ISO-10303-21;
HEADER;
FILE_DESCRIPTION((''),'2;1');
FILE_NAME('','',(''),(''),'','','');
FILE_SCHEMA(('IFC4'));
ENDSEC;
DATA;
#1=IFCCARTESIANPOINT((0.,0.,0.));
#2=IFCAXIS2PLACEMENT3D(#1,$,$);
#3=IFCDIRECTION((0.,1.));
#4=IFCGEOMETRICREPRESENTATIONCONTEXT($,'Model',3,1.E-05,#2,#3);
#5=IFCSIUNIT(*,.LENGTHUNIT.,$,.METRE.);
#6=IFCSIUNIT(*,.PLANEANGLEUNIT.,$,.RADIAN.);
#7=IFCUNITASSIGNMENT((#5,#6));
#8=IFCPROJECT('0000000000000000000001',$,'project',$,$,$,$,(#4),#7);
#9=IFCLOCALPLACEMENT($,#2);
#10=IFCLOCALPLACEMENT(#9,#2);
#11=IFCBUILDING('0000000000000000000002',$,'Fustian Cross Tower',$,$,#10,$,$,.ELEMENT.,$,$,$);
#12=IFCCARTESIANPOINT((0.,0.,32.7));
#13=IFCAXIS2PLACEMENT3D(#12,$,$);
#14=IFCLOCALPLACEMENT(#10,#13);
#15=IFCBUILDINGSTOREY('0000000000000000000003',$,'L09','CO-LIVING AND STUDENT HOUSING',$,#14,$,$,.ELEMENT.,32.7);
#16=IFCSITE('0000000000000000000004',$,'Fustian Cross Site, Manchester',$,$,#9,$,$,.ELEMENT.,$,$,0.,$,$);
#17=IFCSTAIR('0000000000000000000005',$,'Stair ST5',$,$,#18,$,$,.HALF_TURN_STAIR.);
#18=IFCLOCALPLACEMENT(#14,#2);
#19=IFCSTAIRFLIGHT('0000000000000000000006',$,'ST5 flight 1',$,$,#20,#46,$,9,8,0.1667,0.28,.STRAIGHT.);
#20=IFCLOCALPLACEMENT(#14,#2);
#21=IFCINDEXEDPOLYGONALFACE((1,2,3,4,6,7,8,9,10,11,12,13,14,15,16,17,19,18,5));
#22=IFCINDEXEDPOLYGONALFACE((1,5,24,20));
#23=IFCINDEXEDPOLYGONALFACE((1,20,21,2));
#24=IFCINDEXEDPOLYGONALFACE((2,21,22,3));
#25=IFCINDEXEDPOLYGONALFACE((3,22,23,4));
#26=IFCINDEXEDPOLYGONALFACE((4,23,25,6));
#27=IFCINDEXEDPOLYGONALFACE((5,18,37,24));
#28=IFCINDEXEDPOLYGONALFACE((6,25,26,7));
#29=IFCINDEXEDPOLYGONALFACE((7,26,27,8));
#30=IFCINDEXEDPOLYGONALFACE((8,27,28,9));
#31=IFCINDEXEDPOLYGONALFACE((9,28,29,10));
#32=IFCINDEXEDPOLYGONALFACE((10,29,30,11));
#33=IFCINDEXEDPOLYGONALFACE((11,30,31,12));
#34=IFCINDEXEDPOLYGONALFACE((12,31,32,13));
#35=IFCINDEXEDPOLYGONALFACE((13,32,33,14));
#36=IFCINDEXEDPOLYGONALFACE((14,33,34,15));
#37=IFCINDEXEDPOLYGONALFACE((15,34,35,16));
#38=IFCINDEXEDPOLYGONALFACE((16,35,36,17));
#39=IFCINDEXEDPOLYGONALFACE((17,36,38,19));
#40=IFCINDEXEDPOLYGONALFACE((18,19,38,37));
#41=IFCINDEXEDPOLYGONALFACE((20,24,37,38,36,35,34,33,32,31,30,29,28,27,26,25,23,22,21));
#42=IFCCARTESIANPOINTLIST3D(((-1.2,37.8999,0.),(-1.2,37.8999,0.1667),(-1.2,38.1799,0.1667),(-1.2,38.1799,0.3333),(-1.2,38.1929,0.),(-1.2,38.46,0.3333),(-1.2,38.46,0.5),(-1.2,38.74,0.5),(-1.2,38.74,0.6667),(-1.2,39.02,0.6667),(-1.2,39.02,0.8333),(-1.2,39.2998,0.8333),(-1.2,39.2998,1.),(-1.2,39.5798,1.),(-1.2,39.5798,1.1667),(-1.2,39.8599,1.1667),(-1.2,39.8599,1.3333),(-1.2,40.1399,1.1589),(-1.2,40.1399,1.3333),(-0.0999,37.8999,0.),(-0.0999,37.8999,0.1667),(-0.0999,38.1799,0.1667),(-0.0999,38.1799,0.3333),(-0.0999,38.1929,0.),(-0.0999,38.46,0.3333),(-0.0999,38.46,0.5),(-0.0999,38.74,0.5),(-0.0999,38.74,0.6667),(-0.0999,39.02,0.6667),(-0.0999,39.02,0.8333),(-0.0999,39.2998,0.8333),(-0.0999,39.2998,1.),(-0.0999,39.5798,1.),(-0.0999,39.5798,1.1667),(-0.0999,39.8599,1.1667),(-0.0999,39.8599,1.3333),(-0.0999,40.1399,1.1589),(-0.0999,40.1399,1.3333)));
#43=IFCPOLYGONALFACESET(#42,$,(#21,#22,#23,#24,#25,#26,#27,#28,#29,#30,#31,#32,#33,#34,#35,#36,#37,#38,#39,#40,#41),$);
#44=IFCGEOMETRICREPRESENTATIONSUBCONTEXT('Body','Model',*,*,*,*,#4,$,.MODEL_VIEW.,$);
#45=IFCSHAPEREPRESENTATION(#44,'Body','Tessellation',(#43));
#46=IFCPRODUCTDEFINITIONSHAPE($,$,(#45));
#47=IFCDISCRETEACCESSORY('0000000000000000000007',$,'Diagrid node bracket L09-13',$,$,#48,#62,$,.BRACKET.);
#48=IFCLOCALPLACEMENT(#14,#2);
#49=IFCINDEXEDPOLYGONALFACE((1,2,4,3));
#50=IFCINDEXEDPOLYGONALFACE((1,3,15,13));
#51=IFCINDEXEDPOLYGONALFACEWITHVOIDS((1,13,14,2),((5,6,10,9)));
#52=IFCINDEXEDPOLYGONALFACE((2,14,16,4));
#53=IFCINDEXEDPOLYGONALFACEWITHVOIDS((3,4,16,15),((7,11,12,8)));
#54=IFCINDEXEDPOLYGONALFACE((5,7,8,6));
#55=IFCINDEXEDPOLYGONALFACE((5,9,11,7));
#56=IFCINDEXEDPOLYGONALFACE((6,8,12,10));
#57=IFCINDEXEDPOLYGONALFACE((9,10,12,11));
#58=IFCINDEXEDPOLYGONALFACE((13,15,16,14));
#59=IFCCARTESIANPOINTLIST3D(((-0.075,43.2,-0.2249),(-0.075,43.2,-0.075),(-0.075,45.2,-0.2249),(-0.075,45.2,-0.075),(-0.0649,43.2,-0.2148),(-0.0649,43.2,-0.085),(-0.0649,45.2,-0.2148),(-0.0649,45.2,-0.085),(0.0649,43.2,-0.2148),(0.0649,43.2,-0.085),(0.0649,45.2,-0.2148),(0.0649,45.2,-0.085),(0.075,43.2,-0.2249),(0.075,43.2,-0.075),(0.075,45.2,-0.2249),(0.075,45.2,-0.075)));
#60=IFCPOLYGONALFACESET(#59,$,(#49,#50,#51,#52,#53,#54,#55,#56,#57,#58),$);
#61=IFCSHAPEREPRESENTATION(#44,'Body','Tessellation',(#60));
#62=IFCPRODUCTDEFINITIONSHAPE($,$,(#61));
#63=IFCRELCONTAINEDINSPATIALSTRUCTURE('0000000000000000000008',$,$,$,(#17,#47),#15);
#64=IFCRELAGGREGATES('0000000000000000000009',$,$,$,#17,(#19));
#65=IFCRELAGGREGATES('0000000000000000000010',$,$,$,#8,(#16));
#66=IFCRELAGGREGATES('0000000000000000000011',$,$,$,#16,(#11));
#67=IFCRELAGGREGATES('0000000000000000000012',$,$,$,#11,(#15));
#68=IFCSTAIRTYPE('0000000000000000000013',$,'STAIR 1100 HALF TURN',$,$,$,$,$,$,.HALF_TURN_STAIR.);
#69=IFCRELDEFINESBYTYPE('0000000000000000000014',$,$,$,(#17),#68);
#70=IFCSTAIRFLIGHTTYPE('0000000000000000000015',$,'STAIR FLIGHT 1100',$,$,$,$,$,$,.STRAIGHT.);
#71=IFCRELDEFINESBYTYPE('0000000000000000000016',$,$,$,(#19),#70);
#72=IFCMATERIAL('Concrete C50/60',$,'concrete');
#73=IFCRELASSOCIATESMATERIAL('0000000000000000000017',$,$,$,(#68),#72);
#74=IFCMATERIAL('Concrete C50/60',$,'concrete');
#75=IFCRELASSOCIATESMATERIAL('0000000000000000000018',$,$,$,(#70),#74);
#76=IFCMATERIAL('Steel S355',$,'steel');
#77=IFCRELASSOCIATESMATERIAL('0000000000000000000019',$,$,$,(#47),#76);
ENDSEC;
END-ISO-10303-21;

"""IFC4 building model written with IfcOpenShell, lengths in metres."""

from ifc_helpers import new_model, si_unit, direction, frame, origin, origin_2d, place, context, subcontext, project, spatial, polyline, hollow_rectangle, outline, extrude, material, type_object, element, aggregate, save


model = new_model("IFC4")

# Units and contexts
model_context = context("Model", 3, precision=1e-05, world=origin(), true_north=direction((0.0, 1.0)))
body_context = subcontext(model_context, "Body", "Model", "MODEL_VIEW")
ifc_project = project(units=[si_unit("LENGTHUNIT", "METRE"), si_unit("PLANEANGLEUNIT", "RADIAN")], contexts=[model_context])

# Site, building, storey
site_placement = place(None, origin())
site = spatial("IfcSite", under=ifc_project, at=site_placement, Name="Fustian Cross Site, Manchester", CompositionType="ELEMENT", RefElevation=0.0)
building_placement = place(site_placement, origin())
building = spatial("IfcBuilding", under=site, at=building_placement, Name="Fustian Cross Tower", CompositionType="ELEMENT")
storey_placement = place(building_placement, frame((0.0, 0.0, 32.7)))
storey = spatial("IfcBuildingStorey", under=building, at=storey_placement, Name="L09", Description="CO-LIVING AND STUDENT HOUSING", CompositionType="ELEMENT", Elevation=32.7)

# Stair, stair flight
ifc_material_1 = material(Name="Concrete C50/60", Category="concrete")
stair_type = type_object("IfcStairType", Name="STAIR 1100 HALF TURN", PredefinedType="HALF_TURN_STAIR", material=ifc_material_1)
stair_placement = place(storey_placement, origin())
stair = element("IfcStair", 1, at=stair_placement, inside=storey, type_object=stair_type, Name="Stair ST5", PredefinedType="HALF_TURN_STAIR")
ifc_material_2 = material(Name="Concrete C50/60", Category="concrete")
stair_flight_type = type_object("IfcStairFlightType", Name="STAIR FLIGHT 1100", PredefinedType="STRAIGHT", material=ifc_material_2)
stair_flight_placement = place(storey_placement, frame((-0.6499, 37.8999, 0.0), z_axis=(0.0, 0.0, 1.0), x_axis=(0.0, 1.0, 0.0)))
stair_flight = element("IfcStairFlight", 2, at=stair_flight_placement, type_object=stair_flight_type, Name="ST5 flight 1", NumberOfRisers=9, NumberOfTreads=8, PredefinedType="STRAIGHT", RiserHeight=0.1667, TreadLength=0.28, context=body_context, shape_type="SweptSolid", body=[
    extrude(outline(polyline([(0.0, 0.0), (0.0, 0.1667), (0.28, 0.1667), (0.28, 0.3333), (0.5601, 0.3333), (0.5601, 0.5), (0.8401, 0.5), (0.8401, 0.6667), (1.1201, 0.6667), (1.1201, 0.8333), (1.3999, 0.8333), (1.3999, 1.0), (1.6799, 1.0), (1.6799, 1.1667), (1.96, 1.1667), (1.96, 1.3333), (2.24, 1.3333), (2.24, 1.5), (2.24, 1.1589), (0.293, 0.0), (0.0, 0.0)])), frame((0.0, 0.55, 0.0), z_axis=(0.0, -1.0, 0.0), x_axis=(1.0, 0.0, 0.0)), (0.0, 0.0, 1.0), 1.1001),
])
aggregate(stair, [stair_flight])

# Discrete accessory
ifc_material_3 = material(Name="Steel S355", Category="steel")
discrete_accessory_placement = place(storey_placement, frame((0.0, 45.2, -0.1499), z_axis=(0.0, -1.0, 0.0), x_axis=(1.0, 0.0, 0.0)))
element("IfcDiscreteAccessory", 3, at=discrete_accessory_placement, inside=storey, material=ifc_material_3, Name="Diagrid node bracket L09-13", PredefinedType="BRACKET", context=body_context, shape_type="SweptSolid", body=[
    extrude(hollow_rectangle(XDim=0.1499, YDim=0.1499, WallThickness=0.01, at=origin_2d()), origin(), (0.0, 0.0, 1.0), 2.0),
])

save(model, "model.ifc")
